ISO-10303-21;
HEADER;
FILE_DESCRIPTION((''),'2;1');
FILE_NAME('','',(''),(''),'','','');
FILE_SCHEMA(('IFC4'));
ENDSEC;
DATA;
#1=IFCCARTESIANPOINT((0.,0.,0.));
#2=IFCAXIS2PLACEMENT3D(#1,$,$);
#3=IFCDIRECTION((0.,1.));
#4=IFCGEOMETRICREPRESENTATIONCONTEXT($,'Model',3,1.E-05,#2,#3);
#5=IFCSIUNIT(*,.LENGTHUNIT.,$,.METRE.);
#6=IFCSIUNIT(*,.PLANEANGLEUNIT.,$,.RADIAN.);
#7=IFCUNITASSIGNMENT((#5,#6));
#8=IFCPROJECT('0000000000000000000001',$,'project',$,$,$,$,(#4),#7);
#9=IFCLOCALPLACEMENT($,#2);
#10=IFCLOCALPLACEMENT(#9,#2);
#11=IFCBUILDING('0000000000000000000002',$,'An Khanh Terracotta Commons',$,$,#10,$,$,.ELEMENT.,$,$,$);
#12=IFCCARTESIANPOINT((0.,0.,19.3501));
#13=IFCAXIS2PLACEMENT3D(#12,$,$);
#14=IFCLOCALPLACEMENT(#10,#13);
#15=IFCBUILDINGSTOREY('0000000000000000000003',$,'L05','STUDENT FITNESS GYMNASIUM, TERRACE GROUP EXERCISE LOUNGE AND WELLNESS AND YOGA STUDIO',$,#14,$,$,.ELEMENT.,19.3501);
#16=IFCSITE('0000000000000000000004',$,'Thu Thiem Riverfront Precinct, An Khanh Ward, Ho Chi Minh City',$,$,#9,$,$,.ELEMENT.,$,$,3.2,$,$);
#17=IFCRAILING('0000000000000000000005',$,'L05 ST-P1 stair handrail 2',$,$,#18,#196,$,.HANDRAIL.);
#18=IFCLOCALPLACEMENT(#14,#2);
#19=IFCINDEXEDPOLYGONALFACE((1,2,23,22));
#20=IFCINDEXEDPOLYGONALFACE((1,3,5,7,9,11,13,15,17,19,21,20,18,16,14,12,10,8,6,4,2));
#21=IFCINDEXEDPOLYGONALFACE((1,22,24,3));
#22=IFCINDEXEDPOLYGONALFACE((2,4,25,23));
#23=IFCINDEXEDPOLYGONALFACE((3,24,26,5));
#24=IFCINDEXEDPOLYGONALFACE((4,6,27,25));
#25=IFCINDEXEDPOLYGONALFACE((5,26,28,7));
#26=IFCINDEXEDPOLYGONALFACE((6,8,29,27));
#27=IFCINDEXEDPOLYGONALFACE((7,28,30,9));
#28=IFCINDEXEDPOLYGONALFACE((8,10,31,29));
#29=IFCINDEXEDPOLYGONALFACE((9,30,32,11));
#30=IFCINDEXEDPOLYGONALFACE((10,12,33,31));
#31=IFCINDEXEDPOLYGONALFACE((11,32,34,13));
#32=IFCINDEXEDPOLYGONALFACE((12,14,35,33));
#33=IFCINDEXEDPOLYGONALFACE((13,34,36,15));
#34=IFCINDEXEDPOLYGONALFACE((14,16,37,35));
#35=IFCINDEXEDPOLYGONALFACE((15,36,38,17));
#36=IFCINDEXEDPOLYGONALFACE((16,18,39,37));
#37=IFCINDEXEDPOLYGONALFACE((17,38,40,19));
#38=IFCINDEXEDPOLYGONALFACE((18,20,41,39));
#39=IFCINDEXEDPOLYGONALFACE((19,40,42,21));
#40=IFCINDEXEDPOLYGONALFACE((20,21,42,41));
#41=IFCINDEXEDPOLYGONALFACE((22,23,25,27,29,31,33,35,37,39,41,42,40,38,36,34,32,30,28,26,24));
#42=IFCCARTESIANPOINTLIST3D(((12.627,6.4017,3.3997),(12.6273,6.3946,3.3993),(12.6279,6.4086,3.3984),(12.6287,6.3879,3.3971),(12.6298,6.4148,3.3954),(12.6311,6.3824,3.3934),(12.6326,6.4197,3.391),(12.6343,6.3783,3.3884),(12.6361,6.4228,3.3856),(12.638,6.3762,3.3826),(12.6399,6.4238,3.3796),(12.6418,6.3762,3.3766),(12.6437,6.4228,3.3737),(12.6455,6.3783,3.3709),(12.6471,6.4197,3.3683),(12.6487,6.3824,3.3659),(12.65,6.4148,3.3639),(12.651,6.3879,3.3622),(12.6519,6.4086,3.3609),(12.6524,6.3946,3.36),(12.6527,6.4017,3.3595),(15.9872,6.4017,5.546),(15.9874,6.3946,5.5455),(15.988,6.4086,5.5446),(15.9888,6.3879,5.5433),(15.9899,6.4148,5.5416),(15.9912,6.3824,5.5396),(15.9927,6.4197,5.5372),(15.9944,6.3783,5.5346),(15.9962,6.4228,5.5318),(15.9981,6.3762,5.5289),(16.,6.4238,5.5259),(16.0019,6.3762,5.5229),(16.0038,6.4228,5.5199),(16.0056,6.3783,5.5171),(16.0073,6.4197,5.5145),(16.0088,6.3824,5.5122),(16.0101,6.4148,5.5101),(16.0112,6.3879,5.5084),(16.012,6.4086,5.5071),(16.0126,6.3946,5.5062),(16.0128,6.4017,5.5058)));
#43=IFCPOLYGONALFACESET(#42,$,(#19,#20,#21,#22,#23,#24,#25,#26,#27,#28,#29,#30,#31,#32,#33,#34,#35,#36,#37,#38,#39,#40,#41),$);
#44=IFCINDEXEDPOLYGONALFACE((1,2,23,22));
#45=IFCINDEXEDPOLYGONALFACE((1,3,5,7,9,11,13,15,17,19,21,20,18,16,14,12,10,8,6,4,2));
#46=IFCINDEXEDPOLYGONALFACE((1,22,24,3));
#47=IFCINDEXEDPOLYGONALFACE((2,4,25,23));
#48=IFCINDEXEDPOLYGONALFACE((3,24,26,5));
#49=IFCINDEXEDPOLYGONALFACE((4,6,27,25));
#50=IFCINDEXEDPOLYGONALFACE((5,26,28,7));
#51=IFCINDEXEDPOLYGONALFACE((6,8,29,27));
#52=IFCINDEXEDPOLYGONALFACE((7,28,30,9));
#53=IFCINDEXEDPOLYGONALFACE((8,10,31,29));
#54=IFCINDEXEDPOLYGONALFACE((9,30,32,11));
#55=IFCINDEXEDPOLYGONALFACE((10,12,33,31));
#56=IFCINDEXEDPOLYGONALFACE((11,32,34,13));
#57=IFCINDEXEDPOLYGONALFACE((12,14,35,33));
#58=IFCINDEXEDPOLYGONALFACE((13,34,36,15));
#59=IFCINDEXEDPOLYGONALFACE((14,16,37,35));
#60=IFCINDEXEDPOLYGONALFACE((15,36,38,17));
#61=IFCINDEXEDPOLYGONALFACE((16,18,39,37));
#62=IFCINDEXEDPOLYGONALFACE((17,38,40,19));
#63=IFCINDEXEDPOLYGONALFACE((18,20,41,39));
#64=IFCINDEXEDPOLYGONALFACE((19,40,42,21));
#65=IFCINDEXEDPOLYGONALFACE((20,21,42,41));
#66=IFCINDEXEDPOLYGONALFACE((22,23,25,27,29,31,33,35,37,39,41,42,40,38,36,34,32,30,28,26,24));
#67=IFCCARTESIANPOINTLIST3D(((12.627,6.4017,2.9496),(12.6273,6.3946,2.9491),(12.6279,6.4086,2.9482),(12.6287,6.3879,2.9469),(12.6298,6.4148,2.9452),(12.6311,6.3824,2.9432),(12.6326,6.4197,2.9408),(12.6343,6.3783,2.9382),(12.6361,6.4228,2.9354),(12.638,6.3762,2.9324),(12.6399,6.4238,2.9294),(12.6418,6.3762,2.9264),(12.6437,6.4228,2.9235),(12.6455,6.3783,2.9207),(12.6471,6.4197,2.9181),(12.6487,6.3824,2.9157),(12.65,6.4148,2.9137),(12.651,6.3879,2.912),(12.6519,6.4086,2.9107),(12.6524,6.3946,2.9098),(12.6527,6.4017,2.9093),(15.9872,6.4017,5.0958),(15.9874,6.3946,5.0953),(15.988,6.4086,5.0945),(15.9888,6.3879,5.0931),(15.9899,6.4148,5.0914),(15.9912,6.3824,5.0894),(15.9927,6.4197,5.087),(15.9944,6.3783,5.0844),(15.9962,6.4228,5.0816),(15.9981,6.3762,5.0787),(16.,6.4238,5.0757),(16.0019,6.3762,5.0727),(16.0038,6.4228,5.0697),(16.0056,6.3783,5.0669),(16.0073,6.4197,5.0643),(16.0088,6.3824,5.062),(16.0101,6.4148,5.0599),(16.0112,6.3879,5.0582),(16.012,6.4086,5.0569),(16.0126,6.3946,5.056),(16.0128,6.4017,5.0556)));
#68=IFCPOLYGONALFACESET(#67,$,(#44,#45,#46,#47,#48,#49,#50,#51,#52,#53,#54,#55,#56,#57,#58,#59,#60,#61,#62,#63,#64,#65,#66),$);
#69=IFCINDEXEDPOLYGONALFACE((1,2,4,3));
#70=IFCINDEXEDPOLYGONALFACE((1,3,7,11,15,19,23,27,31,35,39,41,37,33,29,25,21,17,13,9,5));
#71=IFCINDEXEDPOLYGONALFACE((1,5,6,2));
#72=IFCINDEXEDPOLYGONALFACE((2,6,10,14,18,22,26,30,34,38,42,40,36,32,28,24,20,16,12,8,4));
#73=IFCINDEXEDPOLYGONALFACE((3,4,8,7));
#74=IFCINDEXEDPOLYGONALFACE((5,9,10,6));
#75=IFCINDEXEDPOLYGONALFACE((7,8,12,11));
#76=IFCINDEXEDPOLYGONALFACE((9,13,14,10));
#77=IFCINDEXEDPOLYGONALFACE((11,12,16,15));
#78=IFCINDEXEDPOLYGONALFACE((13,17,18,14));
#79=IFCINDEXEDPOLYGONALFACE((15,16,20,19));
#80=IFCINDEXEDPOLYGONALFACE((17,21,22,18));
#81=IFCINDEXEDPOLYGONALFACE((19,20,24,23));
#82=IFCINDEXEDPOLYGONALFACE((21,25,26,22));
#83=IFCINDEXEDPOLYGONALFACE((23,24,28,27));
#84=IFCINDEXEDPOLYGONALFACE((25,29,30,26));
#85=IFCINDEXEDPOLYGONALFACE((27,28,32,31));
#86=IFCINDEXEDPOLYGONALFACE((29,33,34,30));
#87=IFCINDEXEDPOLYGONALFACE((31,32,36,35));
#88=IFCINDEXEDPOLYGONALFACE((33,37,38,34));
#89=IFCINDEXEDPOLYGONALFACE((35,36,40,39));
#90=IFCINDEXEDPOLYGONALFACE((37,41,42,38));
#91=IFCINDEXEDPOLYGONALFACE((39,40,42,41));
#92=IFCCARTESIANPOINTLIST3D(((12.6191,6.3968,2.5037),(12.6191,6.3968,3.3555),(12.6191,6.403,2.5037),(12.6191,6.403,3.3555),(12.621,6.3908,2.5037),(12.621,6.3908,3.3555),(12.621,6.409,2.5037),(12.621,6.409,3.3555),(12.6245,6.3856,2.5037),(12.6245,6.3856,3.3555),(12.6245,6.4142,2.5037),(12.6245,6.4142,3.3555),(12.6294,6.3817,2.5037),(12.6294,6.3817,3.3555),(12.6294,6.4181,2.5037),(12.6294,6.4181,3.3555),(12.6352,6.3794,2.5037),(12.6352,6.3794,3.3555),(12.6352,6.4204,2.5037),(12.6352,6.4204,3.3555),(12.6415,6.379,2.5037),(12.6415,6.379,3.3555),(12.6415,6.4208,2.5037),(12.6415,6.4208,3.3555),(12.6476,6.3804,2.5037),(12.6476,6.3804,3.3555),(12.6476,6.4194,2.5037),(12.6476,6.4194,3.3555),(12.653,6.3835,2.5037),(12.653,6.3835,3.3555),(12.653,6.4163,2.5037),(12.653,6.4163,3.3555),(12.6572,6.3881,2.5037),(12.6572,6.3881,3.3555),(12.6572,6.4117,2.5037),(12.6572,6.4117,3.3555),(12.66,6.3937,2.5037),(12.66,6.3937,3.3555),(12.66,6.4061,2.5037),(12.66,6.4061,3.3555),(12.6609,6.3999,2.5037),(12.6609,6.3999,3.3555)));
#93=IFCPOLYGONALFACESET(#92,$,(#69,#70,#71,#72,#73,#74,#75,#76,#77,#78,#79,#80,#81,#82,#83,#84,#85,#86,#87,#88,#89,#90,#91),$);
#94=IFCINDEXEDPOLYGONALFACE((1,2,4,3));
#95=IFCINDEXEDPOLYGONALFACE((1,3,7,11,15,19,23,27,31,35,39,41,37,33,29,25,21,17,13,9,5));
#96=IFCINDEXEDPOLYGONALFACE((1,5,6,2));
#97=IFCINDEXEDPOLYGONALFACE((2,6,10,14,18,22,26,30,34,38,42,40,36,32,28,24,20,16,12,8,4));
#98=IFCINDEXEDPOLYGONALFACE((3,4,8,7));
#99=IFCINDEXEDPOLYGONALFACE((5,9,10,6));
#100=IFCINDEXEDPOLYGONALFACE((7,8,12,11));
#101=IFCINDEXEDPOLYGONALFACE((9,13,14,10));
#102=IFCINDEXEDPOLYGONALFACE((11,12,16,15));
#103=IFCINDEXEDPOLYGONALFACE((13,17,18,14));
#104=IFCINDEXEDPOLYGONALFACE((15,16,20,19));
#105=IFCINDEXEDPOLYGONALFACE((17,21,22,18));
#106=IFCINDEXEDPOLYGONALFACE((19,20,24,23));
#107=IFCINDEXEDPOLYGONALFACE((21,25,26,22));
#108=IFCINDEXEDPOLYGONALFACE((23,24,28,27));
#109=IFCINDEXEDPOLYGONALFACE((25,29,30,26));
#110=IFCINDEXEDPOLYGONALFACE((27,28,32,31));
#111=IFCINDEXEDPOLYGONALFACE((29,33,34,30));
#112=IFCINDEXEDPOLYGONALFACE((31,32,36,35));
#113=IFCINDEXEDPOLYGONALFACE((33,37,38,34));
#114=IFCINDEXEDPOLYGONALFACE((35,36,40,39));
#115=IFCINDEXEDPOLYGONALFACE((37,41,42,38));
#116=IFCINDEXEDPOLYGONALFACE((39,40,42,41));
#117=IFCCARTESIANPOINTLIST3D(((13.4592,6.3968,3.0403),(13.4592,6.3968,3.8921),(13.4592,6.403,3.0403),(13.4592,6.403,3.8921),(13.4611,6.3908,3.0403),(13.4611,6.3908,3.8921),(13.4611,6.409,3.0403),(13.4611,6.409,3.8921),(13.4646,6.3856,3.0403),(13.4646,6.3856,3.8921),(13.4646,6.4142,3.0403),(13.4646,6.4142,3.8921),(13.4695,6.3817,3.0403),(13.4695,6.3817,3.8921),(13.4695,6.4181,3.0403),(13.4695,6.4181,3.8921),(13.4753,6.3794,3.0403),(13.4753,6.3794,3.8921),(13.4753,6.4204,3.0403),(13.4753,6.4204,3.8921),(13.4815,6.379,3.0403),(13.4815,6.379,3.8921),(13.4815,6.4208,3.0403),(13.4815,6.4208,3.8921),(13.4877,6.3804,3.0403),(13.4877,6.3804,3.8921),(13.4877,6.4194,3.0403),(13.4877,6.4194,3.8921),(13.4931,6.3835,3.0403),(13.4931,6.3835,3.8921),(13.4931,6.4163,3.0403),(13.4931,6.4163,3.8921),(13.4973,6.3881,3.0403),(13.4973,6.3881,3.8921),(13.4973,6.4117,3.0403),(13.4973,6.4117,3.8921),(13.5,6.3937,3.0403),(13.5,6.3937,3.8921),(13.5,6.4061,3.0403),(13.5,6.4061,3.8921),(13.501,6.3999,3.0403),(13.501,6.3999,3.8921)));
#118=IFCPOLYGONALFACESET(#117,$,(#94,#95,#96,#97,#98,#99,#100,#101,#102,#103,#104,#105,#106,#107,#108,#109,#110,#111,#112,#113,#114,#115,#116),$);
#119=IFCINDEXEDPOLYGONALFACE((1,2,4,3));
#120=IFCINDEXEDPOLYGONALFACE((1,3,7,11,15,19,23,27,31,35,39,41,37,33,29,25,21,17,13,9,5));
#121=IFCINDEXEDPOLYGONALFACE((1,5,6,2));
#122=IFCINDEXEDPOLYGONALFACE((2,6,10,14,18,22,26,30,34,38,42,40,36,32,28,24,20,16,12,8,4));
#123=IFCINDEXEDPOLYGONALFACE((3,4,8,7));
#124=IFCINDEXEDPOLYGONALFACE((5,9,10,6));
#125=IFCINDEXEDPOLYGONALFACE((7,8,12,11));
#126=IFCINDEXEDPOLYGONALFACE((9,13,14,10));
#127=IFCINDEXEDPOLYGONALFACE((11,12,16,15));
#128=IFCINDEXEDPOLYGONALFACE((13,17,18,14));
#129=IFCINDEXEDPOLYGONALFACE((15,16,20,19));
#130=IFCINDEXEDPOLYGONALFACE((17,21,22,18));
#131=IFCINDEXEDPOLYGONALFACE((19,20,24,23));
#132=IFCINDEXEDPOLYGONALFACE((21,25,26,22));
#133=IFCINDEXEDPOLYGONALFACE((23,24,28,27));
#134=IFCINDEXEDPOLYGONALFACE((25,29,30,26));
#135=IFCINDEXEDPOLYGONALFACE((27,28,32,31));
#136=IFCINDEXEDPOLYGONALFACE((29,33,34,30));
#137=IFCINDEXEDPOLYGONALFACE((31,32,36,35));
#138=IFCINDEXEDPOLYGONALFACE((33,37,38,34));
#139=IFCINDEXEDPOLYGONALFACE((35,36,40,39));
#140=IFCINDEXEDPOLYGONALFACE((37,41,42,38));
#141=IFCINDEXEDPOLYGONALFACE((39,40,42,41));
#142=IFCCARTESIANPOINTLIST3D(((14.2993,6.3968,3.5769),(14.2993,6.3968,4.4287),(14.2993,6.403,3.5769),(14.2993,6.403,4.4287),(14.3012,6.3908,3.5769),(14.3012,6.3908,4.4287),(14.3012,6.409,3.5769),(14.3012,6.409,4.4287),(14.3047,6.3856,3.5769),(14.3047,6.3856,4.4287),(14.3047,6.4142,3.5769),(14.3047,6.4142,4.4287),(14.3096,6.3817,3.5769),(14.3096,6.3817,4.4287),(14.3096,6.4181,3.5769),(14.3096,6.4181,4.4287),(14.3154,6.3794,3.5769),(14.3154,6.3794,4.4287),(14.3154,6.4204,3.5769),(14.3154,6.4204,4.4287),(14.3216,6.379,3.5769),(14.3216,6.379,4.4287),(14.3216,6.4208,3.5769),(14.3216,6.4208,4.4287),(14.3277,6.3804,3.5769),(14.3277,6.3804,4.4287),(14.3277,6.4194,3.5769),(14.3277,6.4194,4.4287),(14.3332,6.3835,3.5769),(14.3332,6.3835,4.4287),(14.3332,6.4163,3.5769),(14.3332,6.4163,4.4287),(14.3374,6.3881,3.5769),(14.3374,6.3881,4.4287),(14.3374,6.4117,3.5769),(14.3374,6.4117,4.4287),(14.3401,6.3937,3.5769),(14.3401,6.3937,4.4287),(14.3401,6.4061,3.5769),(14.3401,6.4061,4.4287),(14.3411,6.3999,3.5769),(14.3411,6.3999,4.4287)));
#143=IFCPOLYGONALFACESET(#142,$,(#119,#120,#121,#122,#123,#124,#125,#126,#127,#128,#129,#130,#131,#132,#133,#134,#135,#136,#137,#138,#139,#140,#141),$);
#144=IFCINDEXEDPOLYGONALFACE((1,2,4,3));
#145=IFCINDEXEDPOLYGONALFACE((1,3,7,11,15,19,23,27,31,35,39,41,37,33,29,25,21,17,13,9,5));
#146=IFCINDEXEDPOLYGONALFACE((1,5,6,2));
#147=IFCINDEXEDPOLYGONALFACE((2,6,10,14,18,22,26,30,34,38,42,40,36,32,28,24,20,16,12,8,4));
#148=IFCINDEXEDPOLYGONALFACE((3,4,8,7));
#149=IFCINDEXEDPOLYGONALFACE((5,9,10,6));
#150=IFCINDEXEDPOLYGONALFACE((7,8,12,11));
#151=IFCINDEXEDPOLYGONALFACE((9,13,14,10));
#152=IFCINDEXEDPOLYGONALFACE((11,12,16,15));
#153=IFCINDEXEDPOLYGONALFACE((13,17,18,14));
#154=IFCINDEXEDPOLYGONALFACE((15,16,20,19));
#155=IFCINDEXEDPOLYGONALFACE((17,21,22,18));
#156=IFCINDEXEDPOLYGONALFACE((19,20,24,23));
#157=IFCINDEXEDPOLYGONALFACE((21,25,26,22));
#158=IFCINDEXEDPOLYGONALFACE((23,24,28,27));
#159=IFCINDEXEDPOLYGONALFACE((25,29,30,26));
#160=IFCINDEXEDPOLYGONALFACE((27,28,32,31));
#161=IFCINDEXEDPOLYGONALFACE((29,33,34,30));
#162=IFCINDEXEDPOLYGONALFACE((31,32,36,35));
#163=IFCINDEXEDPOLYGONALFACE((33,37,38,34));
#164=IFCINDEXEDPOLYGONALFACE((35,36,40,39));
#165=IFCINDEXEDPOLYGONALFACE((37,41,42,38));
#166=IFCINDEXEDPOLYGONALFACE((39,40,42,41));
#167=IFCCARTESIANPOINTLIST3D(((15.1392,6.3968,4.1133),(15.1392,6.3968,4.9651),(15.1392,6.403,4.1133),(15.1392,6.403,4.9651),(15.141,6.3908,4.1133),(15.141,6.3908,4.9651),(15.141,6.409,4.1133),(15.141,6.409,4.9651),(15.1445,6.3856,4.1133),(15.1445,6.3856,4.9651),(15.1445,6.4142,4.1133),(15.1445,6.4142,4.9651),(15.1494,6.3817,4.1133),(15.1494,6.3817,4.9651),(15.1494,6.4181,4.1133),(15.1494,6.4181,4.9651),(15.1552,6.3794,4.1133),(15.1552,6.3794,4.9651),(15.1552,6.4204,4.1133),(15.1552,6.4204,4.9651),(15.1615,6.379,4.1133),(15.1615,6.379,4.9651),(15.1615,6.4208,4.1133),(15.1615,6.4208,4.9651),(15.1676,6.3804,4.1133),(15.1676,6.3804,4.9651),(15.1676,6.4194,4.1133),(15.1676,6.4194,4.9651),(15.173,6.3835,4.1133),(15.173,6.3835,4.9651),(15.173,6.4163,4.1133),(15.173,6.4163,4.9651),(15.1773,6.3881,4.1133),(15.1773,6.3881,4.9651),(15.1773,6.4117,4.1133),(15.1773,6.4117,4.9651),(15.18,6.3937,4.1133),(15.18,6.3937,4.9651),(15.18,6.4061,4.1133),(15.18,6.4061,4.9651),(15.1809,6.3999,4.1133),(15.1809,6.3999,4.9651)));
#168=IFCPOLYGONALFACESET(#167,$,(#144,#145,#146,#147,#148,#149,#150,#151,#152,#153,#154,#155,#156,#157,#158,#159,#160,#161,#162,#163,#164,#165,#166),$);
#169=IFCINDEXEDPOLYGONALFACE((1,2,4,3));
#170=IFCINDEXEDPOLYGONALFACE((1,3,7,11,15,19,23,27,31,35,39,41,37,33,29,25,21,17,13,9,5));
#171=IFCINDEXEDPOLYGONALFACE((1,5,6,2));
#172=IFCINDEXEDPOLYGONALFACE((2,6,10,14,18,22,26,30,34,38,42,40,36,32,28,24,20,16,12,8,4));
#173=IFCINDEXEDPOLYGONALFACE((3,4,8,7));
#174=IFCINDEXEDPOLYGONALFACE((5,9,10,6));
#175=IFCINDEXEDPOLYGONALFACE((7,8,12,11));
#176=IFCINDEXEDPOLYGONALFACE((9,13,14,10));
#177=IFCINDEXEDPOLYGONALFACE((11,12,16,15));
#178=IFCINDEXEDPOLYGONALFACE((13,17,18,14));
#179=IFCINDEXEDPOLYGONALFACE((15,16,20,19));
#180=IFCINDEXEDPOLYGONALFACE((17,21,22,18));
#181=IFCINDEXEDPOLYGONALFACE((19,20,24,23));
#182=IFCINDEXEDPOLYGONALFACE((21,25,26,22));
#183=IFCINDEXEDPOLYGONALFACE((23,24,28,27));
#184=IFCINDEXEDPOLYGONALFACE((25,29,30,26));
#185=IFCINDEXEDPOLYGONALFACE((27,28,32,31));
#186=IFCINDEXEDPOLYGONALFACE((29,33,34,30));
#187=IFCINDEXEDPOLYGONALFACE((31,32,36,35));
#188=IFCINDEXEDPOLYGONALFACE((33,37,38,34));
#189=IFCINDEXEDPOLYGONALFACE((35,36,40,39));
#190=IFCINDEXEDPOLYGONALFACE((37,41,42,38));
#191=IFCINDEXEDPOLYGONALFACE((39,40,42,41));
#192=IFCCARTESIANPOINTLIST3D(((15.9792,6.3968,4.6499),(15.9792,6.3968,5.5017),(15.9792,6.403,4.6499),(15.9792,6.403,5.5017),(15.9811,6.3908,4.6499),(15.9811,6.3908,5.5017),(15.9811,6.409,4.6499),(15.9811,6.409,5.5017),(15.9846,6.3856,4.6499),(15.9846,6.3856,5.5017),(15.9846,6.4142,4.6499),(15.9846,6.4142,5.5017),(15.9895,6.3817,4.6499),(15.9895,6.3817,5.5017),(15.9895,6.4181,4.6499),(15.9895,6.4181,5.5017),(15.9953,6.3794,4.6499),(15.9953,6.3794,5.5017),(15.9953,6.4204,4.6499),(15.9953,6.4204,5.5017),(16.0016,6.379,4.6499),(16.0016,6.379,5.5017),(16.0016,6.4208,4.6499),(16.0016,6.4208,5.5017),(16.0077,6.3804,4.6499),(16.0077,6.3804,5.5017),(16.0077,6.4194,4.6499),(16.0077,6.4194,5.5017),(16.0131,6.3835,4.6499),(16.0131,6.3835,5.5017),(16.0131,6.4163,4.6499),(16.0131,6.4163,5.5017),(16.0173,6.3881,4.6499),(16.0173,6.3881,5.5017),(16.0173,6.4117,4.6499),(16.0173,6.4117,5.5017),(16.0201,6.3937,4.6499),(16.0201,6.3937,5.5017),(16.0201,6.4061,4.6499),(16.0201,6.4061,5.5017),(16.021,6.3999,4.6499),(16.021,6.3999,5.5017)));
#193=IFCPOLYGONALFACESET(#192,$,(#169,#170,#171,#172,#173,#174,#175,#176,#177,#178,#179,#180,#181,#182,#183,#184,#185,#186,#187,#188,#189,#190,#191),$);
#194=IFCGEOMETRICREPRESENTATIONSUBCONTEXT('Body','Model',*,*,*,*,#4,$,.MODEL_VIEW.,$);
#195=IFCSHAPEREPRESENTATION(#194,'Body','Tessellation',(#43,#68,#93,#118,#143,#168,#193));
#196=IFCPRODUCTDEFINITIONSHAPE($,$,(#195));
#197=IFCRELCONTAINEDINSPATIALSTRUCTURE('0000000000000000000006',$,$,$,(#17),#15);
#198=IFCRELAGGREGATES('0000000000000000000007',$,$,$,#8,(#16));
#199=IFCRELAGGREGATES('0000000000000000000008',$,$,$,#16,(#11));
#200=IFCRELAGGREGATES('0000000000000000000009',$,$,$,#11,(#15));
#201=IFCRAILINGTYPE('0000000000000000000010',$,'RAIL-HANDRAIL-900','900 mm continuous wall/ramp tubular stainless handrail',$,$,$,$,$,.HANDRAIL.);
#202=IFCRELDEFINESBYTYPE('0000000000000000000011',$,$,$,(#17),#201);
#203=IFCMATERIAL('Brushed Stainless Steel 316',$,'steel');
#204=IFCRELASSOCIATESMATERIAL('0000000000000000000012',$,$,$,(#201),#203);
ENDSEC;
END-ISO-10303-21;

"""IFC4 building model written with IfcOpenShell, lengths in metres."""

from ifc_helpers import new_model, si_unit, direction, frame, origin, origin_2d, place, context, subcontext, project, spatial, circle, extrude, material, type_object, element, save


model = new_model("IFC4")

# Units and contexts
model_context = context("Model", 3, precision=1e-05, world=origin(), true_north=direction((0.0, 1.0)))
body_context = subcontext(model_context, "Body", "Model", "MODEL_VIEW")
ifc_project = project(units=[si_unit("LENGTHUNIT", "METRE"), si_unit("PLANEANGLEUNIT", "RADIAN")], contexts=[model_context])

# Site, building, storey
site_placement = place(None, origin())
site = spatial("IfcSite", under=ifc_project, at=site_placement, Name="Thu Thiem Riverfront Precinct, An Khanh Ward, Ho Chi Minh City", CompositionType="ELEMENT", RefElevation=3.2)
building_placement = place(site_placement, origin())
building = spatial("IfcBuilding", under=site, at=building_placement, Name="An Khanh Terracotta Commons", CompositionType="ELEMENT")
storey_placement = place(building_placement, frame((0.0, 0.0, 19.3501)))
storey = spatial("IfcBuildingStorey", under=building, at=storey_placement, Name="L05", Description="STUDENT FITNESS GYMNASIUM, TERRACE GROUP EXERCISE LOUNGE AND WELLNESS AND YOGA STUDIO", CompositionType="ELEMENT", Elevation=19.3501)

# Railing
ifc_material_1 = material(Name="Brushed Stainless Steel 316", Category="steel")
railing_type_1 = type_object("IfcRailingType", Name="RAIL-HANDRAIL-900", Description="900 mm continuous wall/ramp tubular stainless handrail", PredefinedType="HANDRAIL", material=ifc_material_1)
railing_1_placement = place(storey_placement, frame((12.6399, 6.3999, 2.5037)))
element("IfcRailing", 1, at=railing_1_placement, inside=storey, type_object=railing_type_1, Name="L05 ST-P1 stair handrail 2", PredefinedType="HANDRAIL", context=body_context, shape_type="SweptSolid", body=[
    extrude(circle(Radius=0.0239, at=origin_2d()), frame((0.0, 0.0, 0.876), z_axis=(0.842753, 0.0, 0.538301), x_axis=(0.0, 1.0, 0.0)), (0.0, 0.0, 1.0), 3.9871),
    extrude(circle(Radius=0.0239, at=origin_2d()), frame((0.0, 0.0, 0.4258), z_axis=(0.842753, 0.0, 0.538301), x_axis=(0.0, 1.0, 0.0)), (0.0, 0.0, 1.0), 3.9871),
    extrude(circle(Radius=0.021, at=origin_2d()), origin(), (0.0, 0.0, 1.0), 0.8518),
    extrude(circle(Radius=0.021, at=origin_2d()), frame((0.8401, 0.0, 0.5366)), (0.0, 0.0, 1.0), 0.8518),
    extrude(circle(Radius=0.021, at=origin_2d()), frame((1.6802, 0.0, 1.0732)), (0.0, 0.0, 1.0), 0.8518),
    extrude(circle(Radius=0.021, at=origin_2d()), frame((2.52, 0.0, 1.6096)), (0.0, 0.0, 1.0), 0.8518),
    extrude(circle(Radius=0.021, at=origin_2d()), frame((3.3601, 0.0, 2.1462)), (0.0, 0.0, 1.0), 0.8518),
])

save(model, "model.ifc")
